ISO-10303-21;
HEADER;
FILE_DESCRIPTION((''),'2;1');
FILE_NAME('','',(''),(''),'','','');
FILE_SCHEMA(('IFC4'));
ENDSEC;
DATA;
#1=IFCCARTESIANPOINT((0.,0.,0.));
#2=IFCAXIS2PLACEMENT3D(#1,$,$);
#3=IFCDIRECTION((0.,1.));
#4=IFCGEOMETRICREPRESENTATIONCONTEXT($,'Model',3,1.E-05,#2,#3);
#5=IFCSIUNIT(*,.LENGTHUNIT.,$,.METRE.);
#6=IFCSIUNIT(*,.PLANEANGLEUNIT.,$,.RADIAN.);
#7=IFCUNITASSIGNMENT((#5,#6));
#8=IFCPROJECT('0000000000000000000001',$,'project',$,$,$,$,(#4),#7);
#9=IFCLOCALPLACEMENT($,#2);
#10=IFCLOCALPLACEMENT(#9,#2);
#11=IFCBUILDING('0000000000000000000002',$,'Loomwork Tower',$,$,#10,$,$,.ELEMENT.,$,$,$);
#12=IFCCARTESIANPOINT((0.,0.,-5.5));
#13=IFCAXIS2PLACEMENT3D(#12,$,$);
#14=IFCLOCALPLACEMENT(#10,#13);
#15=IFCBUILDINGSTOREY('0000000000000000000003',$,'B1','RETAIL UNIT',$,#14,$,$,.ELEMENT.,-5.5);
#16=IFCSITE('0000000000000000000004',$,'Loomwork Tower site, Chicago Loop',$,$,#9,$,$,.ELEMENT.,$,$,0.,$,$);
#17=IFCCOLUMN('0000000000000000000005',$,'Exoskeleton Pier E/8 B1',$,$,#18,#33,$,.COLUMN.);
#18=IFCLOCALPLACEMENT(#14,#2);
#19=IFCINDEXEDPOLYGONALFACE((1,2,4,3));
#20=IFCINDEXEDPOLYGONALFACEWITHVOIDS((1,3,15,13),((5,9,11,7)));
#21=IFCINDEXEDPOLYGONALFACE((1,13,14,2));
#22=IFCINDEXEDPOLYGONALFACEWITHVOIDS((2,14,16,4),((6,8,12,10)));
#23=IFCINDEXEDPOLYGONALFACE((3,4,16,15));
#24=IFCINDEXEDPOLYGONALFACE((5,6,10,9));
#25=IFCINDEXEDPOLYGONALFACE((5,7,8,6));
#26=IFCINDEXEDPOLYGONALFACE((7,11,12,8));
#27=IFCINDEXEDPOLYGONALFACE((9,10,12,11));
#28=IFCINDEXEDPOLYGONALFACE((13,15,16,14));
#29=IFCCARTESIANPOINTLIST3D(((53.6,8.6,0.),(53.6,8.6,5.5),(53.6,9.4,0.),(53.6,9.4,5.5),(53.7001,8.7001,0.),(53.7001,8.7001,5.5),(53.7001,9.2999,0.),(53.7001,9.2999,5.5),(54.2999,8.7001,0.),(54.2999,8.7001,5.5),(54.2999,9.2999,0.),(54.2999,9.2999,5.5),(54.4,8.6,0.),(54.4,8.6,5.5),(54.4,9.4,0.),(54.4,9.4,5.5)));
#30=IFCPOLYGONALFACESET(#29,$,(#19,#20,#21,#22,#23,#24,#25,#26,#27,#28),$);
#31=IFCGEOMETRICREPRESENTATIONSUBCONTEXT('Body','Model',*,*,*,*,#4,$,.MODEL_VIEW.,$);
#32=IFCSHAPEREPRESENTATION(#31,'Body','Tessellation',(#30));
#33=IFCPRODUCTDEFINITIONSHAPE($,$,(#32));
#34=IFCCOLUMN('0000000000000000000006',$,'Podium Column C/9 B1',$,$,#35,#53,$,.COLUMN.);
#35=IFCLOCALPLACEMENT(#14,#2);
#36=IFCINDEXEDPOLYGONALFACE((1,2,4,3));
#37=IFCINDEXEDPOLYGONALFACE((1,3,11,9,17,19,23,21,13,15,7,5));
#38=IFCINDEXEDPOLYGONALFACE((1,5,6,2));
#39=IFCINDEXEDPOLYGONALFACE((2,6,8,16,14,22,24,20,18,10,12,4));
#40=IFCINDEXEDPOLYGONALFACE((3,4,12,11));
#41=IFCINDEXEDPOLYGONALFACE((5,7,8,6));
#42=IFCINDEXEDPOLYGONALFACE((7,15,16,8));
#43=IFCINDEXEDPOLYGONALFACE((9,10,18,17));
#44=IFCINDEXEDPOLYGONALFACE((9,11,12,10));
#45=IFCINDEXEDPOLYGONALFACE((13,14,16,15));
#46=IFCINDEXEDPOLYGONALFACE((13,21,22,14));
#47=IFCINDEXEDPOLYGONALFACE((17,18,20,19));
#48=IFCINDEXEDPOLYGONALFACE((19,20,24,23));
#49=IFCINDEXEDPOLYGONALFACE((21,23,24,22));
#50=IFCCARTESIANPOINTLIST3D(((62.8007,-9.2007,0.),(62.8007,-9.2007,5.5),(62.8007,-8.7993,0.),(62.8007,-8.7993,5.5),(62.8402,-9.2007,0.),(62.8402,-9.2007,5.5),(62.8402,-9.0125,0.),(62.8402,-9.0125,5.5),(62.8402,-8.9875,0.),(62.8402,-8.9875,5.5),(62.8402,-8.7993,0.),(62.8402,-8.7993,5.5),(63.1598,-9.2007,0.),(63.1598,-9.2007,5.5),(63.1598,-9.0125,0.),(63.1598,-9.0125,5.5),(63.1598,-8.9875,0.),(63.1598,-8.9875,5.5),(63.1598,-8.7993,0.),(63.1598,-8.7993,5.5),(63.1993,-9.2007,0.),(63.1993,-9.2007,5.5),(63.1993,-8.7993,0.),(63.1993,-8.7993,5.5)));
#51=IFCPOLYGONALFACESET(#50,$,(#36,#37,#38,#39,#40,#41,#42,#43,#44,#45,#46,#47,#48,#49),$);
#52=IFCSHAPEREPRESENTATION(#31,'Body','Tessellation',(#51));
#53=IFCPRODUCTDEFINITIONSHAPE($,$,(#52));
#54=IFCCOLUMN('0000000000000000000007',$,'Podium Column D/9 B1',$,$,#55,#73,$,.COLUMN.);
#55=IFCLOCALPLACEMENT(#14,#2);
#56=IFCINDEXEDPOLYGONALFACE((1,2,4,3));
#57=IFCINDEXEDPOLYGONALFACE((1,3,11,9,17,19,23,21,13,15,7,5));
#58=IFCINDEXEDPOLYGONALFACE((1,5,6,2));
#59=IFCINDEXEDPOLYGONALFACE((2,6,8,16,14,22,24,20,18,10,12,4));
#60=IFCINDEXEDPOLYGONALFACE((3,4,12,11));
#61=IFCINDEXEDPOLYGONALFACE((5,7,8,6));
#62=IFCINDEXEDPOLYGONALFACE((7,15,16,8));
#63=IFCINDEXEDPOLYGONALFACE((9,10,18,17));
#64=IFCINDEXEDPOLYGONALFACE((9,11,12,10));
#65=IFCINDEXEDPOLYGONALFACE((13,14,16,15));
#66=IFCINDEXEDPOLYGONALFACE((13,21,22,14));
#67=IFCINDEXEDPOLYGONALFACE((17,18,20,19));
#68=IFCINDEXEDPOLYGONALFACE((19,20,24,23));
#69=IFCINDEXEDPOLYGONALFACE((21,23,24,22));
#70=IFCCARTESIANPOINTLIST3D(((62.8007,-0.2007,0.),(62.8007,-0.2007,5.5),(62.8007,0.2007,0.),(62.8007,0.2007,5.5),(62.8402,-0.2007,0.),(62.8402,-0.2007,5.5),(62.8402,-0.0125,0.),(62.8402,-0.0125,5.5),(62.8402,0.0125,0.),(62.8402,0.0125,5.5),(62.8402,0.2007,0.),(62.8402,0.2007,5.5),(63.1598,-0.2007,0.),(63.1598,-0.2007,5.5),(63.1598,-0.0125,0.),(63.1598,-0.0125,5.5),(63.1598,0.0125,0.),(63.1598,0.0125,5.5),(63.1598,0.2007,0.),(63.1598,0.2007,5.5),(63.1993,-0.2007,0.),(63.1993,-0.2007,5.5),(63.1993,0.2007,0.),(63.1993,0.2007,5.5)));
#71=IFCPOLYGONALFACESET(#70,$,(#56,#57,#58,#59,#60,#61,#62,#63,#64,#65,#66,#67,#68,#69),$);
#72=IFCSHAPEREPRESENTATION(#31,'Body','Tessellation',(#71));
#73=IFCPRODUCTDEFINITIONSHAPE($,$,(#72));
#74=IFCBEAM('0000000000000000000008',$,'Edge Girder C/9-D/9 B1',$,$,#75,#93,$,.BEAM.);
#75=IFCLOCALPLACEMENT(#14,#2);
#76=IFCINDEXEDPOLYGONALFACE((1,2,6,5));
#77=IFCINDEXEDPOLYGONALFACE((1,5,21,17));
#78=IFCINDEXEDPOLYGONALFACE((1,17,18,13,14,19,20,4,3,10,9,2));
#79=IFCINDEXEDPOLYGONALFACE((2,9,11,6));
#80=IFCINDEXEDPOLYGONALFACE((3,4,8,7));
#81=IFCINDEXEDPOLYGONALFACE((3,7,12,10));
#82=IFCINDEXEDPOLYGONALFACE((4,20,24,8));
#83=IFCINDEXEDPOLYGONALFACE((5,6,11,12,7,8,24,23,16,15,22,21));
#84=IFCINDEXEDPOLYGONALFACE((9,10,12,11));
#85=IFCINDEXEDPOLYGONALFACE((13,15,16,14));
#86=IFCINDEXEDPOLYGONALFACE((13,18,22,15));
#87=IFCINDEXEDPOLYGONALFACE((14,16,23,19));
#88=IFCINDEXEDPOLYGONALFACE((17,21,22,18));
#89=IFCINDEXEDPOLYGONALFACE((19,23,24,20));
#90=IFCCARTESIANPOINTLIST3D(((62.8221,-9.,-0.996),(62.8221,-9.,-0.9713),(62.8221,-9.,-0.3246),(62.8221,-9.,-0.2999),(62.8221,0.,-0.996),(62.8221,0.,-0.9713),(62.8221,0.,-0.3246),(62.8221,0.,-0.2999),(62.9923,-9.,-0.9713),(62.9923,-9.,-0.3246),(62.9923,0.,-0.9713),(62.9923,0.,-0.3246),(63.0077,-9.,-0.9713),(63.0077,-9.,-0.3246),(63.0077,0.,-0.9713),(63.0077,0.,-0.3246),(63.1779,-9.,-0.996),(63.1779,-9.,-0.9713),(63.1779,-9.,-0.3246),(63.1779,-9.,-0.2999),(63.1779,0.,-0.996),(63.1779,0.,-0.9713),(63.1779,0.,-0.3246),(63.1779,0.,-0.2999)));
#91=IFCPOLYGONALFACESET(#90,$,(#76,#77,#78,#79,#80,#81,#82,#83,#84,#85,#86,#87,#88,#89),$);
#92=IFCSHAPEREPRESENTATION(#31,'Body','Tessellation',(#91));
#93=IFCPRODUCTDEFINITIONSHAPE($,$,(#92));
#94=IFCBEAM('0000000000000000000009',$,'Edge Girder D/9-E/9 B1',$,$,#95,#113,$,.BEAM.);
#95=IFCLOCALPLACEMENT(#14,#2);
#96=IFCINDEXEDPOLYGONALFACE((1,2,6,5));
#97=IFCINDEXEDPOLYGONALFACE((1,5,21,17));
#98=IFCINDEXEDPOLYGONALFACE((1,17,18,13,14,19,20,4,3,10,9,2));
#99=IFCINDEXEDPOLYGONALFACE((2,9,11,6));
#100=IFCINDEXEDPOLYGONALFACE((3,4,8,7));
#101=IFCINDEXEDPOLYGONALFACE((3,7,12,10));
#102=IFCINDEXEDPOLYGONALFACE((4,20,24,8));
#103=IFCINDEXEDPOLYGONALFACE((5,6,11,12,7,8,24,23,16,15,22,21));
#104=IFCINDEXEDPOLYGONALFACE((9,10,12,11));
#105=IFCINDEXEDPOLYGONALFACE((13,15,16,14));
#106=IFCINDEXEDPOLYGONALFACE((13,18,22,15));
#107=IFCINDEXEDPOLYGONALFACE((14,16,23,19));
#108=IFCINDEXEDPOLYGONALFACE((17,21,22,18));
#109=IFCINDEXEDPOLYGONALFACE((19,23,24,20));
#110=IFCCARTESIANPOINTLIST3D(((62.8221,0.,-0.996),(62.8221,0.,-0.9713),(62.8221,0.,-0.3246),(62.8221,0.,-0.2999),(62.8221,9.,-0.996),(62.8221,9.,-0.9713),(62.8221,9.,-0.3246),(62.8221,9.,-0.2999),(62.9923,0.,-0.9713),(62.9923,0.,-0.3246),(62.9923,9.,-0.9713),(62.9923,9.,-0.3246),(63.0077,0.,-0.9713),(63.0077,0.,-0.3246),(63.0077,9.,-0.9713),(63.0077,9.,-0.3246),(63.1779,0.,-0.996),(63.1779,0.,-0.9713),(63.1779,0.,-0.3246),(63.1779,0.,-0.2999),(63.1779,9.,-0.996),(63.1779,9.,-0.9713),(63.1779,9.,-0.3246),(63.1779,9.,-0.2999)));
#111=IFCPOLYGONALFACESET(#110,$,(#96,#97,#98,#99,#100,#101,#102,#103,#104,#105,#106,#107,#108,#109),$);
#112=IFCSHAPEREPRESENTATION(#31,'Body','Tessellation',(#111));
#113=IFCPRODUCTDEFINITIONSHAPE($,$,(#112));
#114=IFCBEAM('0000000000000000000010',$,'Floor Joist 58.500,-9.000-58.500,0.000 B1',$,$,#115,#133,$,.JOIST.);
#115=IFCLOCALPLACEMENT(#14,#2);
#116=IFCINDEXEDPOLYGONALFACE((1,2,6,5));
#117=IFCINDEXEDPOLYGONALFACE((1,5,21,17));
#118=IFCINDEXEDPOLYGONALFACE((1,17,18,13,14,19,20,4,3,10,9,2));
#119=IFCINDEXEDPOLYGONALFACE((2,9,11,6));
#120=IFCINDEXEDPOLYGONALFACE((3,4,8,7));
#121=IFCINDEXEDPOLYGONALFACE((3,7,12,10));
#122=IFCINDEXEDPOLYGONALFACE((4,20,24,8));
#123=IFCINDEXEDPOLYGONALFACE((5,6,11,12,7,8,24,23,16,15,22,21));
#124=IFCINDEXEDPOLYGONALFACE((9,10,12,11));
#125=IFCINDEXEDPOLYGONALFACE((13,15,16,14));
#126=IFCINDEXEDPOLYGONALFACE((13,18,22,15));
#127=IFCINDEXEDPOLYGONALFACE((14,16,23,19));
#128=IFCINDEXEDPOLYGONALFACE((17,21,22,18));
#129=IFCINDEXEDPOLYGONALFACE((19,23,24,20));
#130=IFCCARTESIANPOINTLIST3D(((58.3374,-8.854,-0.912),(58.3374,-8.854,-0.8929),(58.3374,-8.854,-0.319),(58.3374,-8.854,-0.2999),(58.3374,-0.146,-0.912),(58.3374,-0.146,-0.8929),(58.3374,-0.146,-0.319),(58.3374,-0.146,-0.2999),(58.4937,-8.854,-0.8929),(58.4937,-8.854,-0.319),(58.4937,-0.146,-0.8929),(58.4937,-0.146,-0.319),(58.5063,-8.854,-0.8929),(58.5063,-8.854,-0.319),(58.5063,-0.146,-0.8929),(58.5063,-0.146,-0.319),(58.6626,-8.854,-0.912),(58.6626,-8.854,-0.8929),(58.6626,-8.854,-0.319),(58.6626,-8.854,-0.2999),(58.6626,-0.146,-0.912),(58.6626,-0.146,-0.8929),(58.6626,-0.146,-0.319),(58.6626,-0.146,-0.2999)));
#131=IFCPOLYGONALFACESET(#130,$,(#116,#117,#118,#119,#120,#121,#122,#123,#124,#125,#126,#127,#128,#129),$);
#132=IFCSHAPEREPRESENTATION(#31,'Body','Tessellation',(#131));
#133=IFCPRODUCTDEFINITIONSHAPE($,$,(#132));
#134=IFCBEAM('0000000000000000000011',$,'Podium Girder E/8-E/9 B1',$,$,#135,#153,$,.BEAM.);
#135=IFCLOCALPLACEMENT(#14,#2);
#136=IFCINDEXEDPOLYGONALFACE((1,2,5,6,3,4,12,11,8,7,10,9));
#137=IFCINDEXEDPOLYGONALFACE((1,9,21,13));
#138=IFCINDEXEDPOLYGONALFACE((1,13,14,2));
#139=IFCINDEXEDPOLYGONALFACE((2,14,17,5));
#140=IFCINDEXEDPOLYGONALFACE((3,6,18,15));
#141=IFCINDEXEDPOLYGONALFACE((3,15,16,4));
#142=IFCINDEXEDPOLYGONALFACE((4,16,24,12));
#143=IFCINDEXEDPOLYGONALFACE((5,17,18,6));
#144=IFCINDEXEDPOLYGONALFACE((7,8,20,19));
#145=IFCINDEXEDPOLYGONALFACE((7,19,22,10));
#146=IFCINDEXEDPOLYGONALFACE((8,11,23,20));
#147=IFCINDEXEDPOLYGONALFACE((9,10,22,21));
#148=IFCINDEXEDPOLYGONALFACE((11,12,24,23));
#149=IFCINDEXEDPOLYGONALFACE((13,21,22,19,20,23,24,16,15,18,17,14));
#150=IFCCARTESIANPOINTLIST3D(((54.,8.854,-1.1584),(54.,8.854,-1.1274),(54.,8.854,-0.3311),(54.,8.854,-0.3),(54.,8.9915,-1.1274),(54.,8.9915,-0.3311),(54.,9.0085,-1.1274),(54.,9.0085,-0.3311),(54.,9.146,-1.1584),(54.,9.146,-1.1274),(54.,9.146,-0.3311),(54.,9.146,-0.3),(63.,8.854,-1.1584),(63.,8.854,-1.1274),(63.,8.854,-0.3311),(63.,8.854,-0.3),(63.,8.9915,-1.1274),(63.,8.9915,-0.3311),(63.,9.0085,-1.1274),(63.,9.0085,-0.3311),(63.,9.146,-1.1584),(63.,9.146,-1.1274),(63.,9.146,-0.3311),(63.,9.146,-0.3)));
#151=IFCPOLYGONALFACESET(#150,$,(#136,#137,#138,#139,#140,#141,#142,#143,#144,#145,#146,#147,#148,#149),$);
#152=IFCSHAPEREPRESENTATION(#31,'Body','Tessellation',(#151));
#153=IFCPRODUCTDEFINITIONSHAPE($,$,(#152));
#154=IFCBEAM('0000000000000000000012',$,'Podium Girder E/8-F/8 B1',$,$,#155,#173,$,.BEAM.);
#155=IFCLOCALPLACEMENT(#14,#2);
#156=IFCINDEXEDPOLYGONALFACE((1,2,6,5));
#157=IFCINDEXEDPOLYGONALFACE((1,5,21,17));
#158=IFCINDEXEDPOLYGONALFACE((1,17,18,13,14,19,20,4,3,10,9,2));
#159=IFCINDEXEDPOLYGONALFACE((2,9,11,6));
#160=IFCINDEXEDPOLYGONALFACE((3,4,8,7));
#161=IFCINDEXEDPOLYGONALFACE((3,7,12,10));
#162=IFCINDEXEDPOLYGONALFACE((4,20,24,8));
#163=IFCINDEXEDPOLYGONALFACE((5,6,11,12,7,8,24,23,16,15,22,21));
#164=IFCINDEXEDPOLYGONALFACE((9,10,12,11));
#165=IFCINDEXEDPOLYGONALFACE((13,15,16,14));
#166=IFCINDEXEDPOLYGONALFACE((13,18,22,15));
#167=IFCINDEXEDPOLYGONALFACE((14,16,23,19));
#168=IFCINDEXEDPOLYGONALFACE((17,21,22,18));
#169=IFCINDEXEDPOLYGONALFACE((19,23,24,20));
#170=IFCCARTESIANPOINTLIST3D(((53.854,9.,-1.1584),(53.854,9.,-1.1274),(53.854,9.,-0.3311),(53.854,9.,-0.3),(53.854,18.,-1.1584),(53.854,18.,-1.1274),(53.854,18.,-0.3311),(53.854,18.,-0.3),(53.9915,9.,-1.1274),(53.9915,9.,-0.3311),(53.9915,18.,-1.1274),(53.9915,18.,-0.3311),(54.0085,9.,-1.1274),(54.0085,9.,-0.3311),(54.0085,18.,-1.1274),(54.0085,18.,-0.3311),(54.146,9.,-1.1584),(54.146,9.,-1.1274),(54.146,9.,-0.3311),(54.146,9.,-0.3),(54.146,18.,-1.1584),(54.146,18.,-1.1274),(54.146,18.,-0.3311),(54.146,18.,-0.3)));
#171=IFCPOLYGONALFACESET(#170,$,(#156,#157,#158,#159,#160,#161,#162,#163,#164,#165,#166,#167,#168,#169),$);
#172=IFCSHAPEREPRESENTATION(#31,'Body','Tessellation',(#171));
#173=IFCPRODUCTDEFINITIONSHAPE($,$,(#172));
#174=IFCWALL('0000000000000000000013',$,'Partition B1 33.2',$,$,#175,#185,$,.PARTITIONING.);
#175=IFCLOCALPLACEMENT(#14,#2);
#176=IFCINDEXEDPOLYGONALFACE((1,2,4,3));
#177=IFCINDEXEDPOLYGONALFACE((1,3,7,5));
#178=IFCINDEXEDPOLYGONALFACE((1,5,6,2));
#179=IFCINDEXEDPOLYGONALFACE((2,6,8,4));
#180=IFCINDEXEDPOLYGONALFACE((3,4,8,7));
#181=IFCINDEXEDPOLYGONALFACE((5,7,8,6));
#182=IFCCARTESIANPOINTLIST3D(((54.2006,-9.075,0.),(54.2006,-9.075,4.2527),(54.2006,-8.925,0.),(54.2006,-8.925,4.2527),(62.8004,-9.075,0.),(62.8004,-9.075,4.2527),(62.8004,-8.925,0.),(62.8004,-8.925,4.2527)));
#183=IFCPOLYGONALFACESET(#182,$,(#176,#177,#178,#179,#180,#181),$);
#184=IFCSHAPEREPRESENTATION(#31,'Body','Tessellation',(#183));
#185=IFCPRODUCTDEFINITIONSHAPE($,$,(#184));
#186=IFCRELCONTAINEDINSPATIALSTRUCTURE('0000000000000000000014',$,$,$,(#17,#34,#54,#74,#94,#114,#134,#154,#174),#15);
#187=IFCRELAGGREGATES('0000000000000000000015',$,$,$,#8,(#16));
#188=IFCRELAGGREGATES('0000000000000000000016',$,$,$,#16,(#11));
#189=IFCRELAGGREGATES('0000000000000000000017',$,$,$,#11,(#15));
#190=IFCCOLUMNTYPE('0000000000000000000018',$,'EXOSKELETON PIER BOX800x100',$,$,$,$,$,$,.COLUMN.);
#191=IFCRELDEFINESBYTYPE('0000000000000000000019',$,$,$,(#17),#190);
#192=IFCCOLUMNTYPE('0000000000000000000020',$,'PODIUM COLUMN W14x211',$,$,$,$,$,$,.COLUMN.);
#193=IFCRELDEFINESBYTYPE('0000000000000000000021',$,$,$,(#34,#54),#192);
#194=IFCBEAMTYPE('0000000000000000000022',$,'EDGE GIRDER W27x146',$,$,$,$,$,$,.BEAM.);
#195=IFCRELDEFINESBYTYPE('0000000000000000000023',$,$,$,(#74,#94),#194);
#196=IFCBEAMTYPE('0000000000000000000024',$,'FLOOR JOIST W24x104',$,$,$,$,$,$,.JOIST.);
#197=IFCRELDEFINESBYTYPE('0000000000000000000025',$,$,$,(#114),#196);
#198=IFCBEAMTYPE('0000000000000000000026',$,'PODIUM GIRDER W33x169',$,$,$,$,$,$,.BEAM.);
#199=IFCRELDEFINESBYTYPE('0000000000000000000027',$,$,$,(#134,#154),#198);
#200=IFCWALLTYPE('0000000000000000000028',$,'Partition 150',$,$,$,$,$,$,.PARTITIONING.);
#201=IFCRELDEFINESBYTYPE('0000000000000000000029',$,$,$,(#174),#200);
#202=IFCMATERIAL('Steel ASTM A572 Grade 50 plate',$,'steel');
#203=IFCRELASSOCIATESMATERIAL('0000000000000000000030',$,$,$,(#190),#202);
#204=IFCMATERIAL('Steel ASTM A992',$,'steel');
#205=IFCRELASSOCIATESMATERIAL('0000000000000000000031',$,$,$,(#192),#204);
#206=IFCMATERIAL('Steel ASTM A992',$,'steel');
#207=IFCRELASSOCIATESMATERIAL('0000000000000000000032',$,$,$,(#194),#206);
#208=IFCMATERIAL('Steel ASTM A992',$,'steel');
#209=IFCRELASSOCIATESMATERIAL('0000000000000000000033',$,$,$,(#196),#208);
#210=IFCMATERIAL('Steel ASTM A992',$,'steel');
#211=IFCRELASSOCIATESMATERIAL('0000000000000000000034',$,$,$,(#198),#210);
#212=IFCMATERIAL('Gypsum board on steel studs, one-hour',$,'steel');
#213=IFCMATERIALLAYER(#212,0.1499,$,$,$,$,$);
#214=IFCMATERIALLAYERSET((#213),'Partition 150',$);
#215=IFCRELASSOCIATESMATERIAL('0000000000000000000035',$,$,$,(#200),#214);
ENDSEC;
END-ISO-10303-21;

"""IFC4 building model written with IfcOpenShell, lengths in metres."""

from ifc_helpers import new_model, si_unit, direction, frame, frame_2d, origin, origin_2d, place, context, subcontext, project, spatial, rectangle, hollow_rectangle, i_section, extrude, material, layer, layer_set, material_profile, profile_set, type_object, element, save


model = new_model("IFC4")

# Units and contexts
model_context = context("Model", 3, precision=1e-05, world=origin(), true_north=direction((0.0, 1.0)))
body_context = subcontext(model_context, "Body", "Model", "MODEL_VIEW")
ifc_project = project(units=[si_unit("LENGTHUNIT", "METRE"), si_unit("PLANEANGLEUNIT", "RADIAN")], contexts=[model_context])

# Site, building, storey
site_placement = place(None, origin())
site = spatial("IfcSite", under=ifc_project, at=site_placement, Name="Loomwork Tower site, Chicago Loop", CompositionType="ELEMENT", RefElevation=0.0)
building_placement = place(site_placement, origin())
building = spatial("IfcBuilding", under=site, at=building_placement, Name="Loomwork Tower", CompositionType="ELEMENT")
storey_placement = place(building_placement, frame((0.0, 0.0, -5.5)))
storey = spatial("IfcBuildingStorey", under=building, at=storey_placement, Name="B1", Description="RETAIL UNIT", CompositionType="ELEMENT", Elevation=-5.5)

# Columns
ifc_material_1 = material(Name="Steel ASTM A572 Grade 50 plate", Category="steel")
ifc_material_profile_1 = material_profile(ifc_material_1, hollow_rectangle(XDim=0.8, YDim=0.8, WallThickness=0.1001, at=origin_2d()), Name="BOX800x100")
ifc_profile_set_1 = profile_set([ifc_material_profile_1], Name="Steel ASTM A572 Grade 50 plate")
column_type_1 = type_object("IfcColumnType", Name="EXOSKELETON PIER BOX800x100", PredefinedType="COLUMN", material=ifc_profile_set_1)
column_placement = place(storey_placement, frame((54.0, 9.0, 0.0), z_axis=(0.0, 0.0, 1.0), x_axis=(0.0, 1.0, 0.0)))
element("IfcColumn", 1, at=column_placement, inside=storey, type_object=column_type_1, Name="Exoskeleton Pier E/8 B1", PredefinedType="COLUMN", context=body_context, shape_type="SweptSolid", body=[
    extrude(hollow_rectangle(XDim=0.8, YDim=0.8, WallThickness=0.1001, at=origin_2d()), origin(), (0.0, 0.0, 1.0), 5.5),
])
ifc_material_2 = material(Name="Steel ASTM A992", Category="steel")
ifc_material_profile_2 = material_profile(ifc_material_2, i_section(OverallWidth=0.4014, OverallDepth=0.3987, WebThickness=0.0249, FlangeThickness=0.0396, at=origin_2d()), Name="W14x211")
ifc_profile_set_2 = profile_set([ifc_material_profile_2], Name="Steel ASTM A992")
column_type_2 = type_object("IfcColumnType", Name="PODIUM COLUMN W14x211", PredefinedType="COLUMN", material=ifc_profile_set_2)
for number, where, z_axis, x_axis, name in (
    (2, (63.0, -9.0, 0.0), (0.0, 0.0, 1.0), (0.0, 1.0, 0.0), "Podium Column C/9 B1"),
    (3, (63.0, 0.0, 0.0), (0.0, 0.0, 1.0), (0.0, 1.0, 0.0), "Podium Column D/9 B1"),
):
    element("IfcColumn", number, at=place(storey_placement, frame(where, z_axis=z_axis, x_axis=x_axis)), inside=storey, type_object=column_type_2, Name=name, PredefinedType="COLUMN", context=body_context, shape_type="SweptSolid", body=[
        extrude(i_section(OverallWidth=0.4014, OverallDepth=0.3987, WebThickness=0.0249, FlangeThickness=0.0396, at=origin_2d()), origin(), (0.0, 0.0, 1.0), 5.5),
    ])

# Beams
ifc_material_3 = material(Name="Steel ASTM A992", Category="steel")
ifc_material_profile_3 = material_profile(ifc_material_3, i_section(OverallWidth=0.3557, OverallDepth=0.696, WebThickness=0.0154, FlangeThickness=0.0247, at=origin_2d()), Name="W27x146")
ifc_profile_set_3 = profile_set([ifc_material_profile_3], Name="Steel ASTM A992")
beam_type_1 = type_object("IfcBeamType", Name="EDGE GIRDER W27x146", PredefinedType="BEAM", material=ifc_profile_set_3)
for number, where, z_axis, x_axis, name in (
    (4, (63.0, -9.0, -0.6479), (0.0, 1.0, 0.0), (-1.0, 0.0, 0.0), "Edge Girder C/9-D/9 B1"),
    (5, (63.0, 0.0, -0.6479), (0.0, 1.0, 0.0), (-1.0, 0.0, 0.0), "Edge Girder D/9-E/9 B1"),
):
    element("IfcBeam", number, at=place(storey_placement, frame(where, z_axis=z_axis, x_axis=x_axis)), inside=storey, type_object=beam_type_1, Name=name, PredefinedType="BEAM", context=body_context, shape_type="SweptSolid", body=[
        extrude(i_section(OverallWidth=0.3557, OverallDepth=0.696, WebThickness=0.0154, FlangeThickness=0.0247, at=origin_2d()), origin(), (0.0, 0.0, 1.0), 9.0),
    ])
ifc_material_4 = material(Name="Steel ASTM A992", Category="steel")
ifc_material_profile_4 = material_profile(ifc_material_4, i_section(OverallWidth=0.3252, OverallDepth=0.6121, WebThickness=0.0127, FlangeThickness=0.019, at=origin_2d()), Name="W24x104")
ifc_profile_set_4 = profile_set([ifc_material_profile_4], Name="Steel ASTM A992")
beam_type_2 = type_object("IfcBeamType", Name="FLOOR JOIST W24x104", PredefinedType="JOIST", material=ifc_profile_set_4)
beam_placement = place(storey_placement, frame((58.5, -8.854, -0.606), z_axis=(0.0, 1.0, 0.0), x_axis=(-1.0, 0.0, 0.0)))
element("IfcBeam", 6, at=beam_placement, inside=storey, type_object=beam_type_2, Name="Floor Joist 58.500,-9.000-58.500,0.000 B1", PredefinedType="JOIST", context=body_context, shape_type="SweptSolid", body=[
    extrude(i_section(OverallWidth=0.3252, OverallDepth=0.6121, WebThickness=0.0127, FlangeThickness=0.019, at=origin_2d()), origin(), (0.0, 0.0, 1.0), 8.708),
])
ifc_material_5 = material(Name="Steel ASTM A992", Category="steel")
ifc_material_profile_5 = material_profile(ifc_material_5, i_section(OverallWidth=0.292, OverallDepth=0.8584, WebThickness=0.0171, FlangeThickness=0.031, at=origin_2d()), Name="W33x169")
ifc_profile_set_5 = profile_set([ifc_material_profile_5], Name="Steel ASTM A992")
beam_type_3 = type_object("IfcBeamType", Name="PODIUM GIRDER W33x169", PredefinedType="BEAM", material=ifc_profile_set_5)
for number, where, z_axis, x_axis, name in (
    (7, (54.0, 9.0, -0.7292), (1.0, 0.0, 0.0), (0.0, 1.0, 0.0), "Podium Girder E/8-E/9 B1"),
    (8, (54.0, 9.0, -0.7292), (0.0, 1.0, 0.0), (-1.0, 0.0, 0.0), "Podium Girder E/8-F/8 B1"),
):
    element("IfcBeam", number, at=place(storey_placement, frame(where, z_axis=z_axis, x_axis=x_axis)), inside=storey, type_object=beam_type_3, Name=name, PredefinedType="BEAM", context=body_context, shape_type="SweptSolid", body=[
        extrude(i_section(OverallWidth=0.292, OverallDepth=0.8584, WebThickness=0.0171, FlangeThickness=0.031, at=origin_2d()), origin(), (0.0, 0.0, 1.0), 9.0),
    ])

# Wall
ifc_material_6 = material(Name="Gypsum board on steel studs, one-hour", Category="steel")
ifc_layer_1 = layer(ifc_material_6, 0.1499)
ifc_layer_set_1 = layer_set([ifc_layer_1], Name="Partition 150")
wall_type_1 = type_object("IfcWallType", Name="Partition 150", PredefinedType="PARTITIONING", material=ifc_layer_set_1)
wall_1_placement = place(storey_placement, frame((54.2007, -9.0, 0.0), z_axis=(0.0, 0.0, 1.0), x_axis=(1.0, 0.0, 0.0)))
element("IfcWall", 9, at=wall_1_placement, inside=storey, type_object=wall_type_1, Name="Partition B1 33.2", PredefinedType="PARTITIONING", context=body_context, shape_type="SweptSolid", body=[
    extrude(rectangle(XDim=8.5999, YDim=0.1499, at=frame_2d((4.2998, 0.0))), origin(), (0.0, 0.0, 1.0), 4.2527),
])

save(model, "model.ifc")
